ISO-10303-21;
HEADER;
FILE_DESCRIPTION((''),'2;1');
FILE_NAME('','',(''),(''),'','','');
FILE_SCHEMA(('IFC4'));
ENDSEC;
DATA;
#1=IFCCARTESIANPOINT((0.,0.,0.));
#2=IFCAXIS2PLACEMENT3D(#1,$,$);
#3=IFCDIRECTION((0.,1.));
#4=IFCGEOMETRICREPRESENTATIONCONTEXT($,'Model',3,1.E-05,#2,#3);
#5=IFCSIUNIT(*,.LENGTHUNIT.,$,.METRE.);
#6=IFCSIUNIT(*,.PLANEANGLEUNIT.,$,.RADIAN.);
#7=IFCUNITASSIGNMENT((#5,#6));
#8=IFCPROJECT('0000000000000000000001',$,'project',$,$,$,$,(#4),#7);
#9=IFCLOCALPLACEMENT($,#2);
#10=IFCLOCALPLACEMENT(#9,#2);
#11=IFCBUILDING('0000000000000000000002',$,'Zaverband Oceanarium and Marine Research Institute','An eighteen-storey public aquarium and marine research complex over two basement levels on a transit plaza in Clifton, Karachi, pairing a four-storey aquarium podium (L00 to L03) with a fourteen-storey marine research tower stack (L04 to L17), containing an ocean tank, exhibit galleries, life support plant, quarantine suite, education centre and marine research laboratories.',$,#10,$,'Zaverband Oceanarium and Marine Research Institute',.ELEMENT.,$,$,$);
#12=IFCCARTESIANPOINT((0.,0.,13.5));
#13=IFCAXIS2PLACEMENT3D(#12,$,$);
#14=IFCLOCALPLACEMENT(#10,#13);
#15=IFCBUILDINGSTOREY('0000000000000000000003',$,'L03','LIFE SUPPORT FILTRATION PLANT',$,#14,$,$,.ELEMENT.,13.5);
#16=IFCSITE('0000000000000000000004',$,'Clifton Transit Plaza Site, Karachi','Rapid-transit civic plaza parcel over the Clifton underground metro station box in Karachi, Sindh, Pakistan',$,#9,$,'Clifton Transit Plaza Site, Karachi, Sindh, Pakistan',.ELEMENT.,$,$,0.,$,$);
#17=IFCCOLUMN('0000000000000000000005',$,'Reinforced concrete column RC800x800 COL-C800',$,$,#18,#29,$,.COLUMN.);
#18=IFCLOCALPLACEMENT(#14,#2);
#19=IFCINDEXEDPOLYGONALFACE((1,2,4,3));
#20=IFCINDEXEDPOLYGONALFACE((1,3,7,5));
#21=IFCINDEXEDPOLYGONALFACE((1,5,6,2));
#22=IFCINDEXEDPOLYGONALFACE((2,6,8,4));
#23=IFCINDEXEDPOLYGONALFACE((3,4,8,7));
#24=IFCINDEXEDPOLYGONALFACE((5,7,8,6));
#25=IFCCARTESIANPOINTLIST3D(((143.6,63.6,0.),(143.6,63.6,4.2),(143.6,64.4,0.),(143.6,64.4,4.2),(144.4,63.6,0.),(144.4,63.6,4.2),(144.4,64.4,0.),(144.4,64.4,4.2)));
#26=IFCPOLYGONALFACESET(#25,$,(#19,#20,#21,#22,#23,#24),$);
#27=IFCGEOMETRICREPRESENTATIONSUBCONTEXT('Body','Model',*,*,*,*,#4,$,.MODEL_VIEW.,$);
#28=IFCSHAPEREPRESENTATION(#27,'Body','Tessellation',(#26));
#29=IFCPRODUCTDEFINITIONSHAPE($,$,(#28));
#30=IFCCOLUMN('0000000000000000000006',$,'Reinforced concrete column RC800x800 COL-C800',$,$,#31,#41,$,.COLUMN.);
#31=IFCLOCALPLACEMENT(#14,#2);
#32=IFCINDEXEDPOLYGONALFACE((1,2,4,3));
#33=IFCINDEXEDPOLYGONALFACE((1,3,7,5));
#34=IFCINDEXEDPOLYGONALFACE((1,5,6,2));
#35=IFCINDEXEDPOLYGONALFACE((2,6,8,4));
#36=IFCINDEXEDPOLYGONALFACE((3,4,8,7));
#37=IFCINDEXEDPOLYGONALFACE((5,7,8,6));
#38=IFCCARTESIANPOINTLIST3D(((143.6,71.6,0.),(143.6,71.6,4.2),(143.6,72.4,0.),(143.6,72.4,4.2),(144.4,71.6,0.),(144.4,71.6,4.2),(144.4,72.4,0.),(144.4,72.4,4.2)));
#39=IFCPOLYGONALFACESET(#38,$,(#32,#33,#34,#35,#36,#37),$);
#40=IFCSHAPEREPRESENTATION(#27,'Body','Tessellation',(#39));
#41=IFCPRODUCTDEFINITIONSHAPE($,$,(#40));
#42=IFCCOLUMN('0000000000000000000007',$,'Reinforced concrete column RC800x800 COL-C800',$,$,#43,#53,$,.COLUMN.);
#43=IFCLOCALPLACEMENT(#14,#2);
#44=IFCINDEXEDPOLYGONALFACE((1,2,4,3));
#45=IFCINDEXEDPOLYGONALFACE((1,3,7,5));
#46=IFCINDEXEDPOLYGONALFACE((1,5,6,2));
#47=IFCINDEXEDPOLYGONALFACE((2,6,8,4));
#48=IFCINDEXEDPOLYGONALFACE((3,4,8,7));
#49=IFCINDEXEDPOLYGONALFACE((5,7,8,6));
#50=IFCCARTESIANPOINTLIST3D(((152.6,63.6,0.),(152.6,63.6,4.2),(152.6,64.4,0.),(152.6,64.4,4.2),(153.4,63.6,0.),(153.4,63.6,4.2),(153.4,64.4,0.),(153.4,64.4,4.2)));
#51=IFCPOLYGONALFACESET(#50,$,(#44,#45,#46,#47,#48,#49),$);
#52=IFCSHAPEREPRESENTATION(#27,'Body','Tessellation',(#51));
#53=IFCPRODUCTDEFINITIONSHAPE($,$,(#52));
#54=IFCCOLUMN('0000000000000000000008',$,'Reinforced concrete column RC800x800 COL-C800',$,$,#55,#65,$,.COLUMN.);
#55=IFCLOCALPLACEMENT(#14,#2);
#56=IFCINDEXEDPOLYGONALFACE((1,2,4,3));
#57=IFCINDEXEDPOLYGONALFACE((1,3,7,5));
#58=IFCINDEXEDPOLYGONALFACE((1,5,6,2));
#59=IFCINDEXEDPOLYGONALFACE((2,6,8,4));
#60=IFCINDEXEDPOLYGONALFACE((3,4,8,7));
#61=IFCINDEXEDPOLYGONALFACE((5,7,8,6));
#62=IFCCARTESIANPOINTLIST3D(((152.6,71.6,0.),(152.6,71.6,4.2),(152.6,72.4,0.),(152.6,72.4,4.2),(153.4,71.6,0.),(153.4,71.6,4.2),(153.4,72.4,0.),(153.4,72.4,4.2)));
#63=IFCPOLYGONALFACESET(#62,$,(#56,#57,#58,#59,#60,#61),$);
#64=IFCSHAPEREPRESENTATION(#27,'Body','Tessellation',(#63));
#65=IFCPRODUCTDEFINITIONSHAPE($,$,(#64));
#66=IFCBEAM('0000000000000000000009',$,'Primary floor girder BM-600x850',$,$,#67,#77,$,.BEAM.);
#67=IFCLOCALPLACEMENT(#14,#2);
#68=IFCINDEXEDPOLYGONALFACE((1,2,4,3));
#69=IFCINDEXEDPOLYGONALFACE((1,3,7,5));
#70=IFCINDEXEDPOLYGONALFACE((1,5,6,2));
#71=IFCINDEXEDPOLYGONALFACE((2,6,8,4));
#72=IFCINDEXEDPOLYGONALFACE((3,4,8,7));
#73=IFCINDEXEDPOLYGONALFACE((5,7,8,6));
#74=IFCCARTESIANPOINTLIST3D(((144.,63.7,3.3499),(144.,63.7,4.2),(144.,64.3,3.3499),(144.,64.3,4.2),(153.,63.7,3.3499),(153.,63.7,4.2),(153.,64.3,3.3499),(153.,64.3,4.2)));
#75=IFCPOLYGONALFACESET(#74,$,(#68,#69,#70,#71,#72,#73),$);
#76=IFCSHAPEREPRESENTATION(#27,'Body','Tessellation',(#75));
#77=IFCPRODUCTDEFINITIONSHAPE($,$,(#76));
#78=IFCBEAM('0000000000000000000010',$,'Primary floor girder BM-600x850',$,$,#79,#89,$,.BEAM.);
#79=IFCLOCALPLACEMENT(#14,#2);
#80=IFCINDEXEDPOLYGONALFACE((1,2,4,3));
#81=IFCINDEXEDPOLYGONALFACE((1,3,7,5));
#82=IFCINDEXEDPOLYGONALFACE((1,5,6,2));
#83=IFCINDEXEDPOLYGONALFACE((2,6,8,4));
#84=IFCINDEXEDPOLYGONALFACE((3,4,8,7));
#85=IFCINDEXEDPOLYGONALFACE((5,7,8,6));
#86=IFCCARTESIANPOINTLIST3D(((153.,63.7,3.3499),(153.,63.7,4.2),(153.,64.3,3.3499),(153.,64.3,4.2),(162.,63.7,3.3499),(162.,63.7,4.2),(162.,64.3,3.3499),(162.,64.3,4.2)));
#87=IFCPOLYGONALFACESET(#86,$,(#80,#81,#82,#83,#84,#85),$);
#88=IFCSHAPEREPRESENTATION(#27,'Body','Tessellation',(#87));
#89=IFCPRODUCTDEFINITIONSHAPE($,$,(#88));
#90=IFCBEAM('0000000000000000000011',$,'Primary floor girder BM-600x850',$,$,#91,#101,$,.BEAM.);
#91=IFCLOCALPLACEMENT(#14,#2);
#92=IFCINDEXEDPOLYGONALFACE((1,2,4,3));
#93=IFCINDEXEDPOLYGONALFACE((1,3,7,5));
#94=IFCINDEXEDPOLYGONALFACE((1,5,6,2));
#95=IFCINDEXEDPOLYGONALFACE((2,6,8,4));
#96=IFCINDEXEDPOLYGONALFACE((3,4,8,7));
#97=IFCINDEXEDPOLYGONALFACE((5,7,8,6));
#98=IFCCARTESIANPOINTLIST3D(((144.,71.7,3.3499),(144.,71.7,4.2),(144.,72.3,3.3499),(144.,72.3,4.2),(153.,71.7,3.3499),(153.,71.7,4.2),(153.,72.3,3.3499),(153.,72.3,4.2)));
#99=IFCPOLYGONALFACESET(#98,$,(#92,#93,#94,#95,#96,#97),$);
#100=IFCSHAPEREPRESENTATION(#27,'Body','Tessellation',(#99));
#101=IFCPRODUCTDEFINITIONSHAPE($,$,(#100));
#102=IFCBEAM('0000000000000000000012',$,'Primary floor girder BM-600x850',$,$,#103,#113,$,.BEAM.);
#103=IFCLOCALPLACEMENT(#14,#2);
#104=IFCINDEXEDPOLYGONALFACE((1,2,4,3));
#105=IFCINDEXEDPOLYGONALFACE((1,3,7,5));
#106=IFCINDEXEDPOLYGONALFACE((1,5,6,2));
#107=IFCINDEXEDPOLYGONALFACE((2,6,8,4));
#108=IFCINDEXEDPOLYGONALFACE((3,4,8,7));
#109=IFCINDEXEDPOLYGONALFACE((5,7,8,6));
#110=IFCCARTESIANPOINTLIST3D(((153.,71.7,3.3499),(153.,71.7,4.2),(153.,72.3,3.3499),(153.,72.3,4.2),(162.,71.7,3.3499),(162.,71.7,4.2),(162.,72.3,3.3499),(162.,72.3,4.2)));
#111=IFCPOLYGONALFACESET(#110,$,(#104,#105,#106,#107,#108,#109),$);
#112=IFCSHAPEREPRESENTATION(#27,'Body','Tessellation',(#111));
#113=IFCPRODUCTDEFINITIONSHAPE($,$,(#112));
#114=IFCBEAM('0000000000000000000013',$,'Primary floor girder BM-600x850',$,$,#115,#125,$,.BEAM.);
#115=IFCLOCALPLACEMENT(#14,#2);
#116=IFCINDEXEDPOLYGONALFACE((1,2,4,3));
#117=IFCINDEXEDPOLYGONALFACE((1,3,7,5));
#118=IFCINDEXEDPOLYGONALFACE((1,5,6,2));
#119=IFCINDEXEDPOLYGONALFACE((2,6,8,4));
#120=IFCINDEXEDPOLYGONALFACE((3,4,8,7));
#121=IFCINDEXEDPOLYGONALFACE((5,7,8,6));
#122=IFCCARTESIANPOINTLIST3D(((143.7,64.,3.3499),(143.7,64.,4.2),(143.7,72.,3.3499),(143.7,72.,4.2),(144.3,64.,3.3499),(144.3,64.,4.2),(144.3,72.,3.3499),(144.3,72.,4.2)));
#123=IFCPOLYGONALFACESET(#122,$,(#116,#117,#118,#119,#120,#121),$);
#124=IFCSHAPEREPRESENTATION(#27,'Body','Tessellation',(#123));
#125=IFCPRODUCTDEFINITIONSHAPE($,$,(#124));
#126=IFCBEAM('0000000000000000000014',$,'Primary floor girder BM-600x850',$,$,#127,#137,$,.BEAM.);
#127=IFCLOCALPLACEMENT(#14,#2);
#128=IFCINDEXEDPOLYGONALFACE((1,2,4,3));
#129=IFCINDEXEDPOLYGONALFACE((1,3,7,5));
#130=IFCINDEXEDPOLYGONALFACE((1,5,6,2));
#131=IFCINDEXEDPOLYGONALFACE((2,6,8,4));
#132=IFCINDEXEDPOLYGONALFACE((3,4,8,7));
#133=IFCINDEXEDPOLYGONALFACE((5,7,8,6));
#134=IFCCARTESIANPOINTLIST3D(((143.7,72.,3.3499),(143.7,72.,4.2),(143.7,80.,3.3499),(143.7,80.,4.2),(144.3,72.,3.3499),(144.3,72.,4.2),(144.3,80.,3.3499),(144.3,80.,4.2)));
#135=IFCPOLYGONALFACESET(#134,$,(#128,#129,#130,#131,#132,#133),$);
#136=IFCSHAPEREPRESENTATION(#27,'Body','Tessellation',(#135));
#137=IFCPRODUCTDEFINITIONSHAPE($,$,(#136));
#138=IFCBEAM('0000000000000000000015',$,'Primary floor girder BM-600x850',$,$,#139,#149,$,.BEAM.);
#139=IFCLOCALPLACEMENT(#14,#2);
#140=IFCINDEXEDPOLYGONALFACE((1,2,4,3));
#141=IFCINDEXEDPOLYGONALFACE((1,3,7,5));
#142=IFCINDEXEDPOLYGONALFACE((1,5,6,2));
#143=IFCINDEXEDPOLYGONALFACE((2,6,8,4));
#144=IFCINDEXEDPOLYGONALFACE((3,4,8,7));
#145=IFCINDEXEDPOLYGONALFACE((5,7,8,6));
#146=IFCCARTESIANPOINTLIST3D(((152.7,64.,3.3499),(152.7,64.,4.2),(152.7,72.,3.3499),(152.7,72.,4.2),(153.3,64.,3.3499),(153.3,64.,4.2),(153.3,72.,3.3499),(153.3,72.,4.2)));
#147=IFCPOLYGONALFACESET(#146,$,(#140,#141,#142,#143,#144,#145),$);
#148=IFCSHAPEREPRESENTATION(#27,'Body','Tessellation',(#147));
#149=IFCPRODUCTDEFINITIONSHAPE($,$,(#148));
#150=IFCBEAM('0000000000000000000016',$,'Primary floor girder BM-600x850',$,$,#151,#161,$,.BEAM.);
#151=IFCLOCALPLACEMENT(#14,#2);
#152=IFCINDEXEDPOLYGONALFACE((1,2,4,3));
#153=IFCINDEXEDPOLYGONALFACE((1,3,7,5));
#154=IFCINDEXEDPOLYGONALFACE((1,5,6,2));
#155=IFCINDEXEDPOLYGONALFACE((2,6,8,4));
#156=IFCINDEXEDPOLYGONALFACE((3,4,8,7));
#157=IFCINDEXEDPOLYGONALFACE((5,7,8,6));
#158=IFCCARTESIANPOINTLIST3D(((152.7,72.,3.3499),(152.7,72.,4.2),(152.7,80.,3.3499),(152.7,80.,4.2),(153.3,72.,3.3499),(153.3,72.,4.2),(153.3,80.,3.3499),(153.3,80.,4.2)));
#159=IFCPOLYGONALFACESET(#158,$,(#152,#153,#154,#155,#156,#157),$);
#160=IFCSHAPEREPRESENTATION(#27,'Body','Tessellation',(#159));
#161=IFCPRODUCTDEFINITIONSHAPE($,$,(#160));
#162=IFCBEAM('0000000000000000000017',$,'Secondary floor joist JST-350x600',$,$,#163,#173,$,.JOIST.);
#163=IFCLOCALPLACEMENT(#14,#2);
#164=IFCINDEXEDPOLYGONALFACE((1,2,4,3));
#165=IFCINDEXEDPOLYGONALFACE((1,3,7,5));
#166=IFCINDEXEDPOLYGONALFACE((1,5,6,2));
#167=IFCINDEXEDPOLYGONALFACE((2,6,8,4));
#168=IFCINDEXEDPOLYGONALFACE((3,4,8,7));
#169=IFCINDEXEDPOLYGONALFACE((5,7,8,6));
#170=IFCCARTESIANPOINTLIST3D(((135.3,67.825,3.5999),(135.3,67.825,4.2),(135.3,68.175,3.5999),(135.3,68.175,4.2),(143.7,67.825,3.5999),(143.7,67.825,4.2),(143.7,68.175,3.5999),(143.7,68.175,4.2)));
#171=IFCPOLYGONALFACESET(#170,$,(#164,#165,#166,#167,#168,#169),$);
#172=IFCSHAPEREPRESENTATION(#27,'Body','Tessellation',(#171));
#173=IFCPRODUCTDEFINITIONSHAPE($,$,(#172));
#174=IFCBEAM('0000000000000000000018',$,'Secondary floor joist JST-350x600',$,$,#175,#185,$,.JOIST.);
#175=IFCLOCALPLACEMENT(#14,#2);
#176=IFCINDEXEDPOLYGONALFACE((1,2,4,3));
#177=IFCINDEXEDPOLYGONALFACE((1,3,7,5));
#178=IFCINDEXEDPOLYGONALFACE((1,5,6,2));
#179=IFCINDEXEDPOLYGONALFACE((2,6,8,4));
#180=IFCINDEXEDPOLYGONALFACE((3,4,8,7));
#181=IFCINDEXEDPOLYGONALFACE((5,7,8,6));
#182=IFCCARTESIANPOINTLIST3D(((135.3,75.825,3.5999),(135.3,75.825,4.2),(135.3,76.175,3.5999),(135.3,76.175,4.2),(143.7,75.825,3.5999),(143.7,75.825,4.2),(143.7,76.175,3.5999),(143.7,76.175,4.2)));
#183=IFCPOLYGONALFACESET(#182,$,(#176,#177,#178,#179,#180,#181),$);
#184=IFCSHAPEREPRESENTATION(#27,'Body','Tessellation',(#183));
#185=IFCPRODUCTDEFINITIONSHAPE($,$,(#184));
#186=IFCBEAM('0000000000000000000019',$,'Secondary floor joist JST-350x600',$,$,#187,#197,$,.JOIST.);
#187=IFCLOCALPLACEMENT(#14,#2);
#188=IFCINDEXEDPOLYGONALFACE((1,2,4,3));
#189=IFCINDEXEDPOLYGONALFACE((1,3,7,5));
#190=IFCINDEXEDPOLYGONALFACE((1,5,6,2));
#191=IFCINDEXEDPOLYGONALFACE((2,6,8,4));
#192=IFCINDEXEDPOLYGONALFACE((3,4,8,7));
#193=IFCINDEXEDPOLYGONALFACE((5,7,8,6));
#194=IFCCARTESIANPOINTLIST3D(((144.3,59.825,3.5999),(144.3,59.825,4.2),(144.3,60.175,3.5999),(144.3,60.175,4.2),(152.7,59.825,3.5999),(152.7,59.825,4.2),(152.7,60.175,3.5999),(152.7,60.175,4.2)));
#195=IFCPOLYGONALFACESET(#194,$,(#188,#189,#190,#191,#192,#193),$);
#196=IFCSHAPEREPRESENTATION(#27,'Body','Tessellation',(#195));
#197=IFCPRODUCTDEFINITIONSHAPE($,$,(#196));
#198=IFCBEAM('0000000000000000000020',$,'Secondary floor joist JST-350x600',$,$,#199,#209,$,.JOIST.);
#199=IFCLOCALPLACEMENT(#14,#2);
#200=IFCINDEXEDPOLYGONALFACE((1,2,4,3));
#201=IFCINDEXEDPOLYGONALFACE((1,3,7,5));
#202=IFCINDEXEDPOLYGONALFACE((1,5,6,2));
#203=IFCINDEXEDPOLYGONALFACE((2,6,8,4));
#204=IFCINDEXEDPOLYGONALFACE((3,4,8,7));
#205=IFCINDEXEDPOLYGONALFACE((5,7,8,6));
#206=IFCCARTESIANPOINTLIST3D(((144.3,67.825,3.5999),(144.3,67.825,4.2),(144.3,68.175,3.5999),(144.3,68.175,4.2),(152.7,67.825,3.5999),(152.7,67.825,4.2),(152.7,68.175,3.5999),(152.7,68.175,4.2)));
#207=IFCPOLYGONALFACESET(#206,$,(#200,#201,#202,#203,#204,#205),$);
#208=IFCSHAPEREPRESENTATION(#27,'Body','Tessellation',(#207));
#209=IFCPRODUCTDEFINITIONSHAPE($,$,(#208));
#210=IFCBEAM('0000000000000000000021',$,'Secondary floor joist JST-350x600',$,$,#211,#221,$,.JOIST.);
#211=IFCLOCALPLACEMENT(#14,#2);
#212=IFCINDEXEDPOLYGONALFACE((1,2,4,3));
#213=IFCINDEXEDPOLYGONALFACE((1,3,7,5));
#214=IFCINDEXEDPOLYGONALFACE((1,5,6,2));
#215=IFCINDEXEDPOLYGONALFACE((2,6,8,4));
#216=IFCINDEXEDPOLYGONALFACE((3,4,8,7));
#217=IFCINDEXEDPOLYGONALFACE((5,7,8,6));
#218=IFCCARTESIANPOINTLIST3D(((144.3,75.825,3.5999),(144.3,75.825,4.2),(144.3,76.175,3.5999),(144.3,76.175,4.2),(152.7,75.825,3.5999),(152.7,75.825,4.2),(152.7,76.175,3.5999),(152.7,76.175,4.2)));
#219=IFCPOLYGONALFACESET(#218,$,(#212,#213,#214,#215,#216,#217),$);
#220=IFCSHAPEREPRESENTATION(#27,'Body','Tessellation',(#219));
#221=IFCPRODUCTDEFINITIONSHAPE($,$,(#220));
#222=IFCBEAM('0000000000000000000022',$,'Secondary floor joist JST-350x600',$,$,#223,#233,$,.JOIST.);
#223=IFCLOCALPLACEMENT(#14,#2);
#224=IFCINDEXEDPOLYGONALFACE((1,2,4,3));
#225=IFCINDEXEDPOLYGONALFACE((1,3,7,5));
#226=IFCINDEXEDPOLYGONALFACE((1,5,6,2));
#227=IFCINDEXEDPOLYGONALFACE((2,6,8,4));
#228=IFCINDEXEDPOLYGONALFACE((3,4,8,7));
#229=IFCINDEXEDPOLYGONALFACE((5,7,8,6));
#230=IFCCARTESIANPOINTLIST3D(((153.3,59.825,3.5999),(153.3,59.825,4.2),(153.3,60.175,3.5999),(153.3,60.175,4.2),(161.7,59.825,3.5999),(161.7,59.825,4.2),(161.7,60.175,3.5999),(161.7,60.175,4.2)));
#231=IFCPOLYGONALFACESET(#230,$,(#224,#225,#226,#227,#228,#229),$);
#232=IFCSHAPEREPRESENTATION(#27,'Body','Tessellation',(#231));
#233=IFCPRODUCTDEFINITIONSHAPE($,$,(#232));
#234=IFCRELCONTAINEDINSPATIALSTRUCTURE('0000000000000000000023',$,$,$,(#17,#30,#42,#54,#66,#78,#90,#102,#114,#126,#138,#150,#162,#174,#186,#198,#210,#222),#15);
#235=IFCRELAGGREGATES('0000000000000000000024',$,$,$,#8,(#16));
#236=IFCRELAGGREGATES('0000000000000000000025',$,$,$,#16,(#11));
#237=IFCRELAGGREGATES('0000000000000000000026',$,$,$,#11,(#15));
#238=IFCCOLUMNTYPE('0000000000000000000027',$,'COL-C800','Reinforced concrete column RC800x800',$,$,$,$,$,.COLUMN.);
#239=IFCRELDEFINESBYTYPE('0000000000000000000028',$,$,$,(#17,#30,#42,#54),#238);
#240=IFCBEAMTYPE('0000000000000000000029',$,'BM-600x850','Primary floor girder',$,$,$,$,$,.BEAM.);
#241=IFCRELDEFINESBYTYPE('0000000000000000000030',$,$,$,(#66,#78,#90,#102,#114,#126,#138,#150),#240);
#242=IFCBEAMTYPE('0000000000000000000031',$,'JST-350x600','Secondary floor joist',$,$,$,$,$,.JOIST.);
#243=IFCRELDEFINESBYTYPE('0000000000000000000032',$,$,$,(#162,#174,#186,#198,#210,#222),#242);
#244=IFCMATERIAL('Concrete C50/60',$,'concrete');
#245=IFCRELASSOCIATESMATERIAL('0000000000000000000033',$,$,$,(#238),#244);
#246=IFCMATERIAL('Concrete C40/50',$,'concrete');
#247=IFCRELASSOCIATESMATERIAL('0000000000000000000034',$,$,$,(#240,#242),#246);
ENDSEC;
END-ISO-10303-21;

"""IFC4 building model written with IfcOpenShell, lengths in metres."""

from ifc_helpers import new_model, si_unit, direction, frame, origin, origin_2d, place, context, subcontext, project, spatial, rectangle, extrude, material, material_profile, profile_set, type_object, element, save


model = new_model("IFC4")

# Units and contexts
model_context = context("Model", 3, precision=1e-05, world=origin(), true_north=direction((0.0, 1.0)))
body_context = subcontext(model_context, "Body", "Model", "MODEL_VIEW")
ifc_project = project(units=[si_unit("LENGTHUNIT", "METRE"), si_unit("PLANEANGLEUNIT", "RADIAN")], contexts=[model_context])

# Site, building, storey
site_placement = place(None, origin())
site = spatial("IfcSite", under=ifc_project, at=site_placement, Name="Clifton Transit Plaza Site, Karachi", Description="Rapid-transit civic plaza parcel over the Clifton underground metro station box in Karachi, Sindh, Pakistan", LongName="Clifton Transit Plaza Site, Karachi, Sindh, Pakistan", CompositionType="ELEMENT", RefElevation=0.0)
building_placement = place(site_placement, origin())
building = spatial("IfcBuilding", under=site, at=building_placement, Name="Zaverband Oceanarium and Marine Research Institute", Description="An eighteen-storey public aquarium and marine research complex over two basement levels on a transit plaza in Clifton, Karachi, pairing a four-storey aquarium podium (L00 to L03) with a fourteen-storey marine research tower stack (L04 to L17), containing an ocean tank, exhibit galleries, life support plant, quarantine suite, education centre and marine research laboratories.", LongName="Zaverband Oceanarium and Marine Research Institute", CompositionType="ELEMENT")
storey_placement = place(building_placement, frame((0.0, 0.0, 13.5)))
storey = spatial("IfcBuildingStorey", under=building, at=storey_placement, Name="L03", Description="LIFE SUPPORT FILTRATION PLANT", CompositionType="ELEMENT", Elevation=13.5)

# Columns
ifc_material_1 = material(Name="Concrete C50/60", Category="concrete")
ifc_material_profile_1 = material_profile(ifc_material_1, rectangle(XDim=0.8, YDim=0.8, at=origin_2d()), Name="RC800x800")
ifc_profile_set_1 = profile_set([ifc_material_profile_1], Name="Concrete C50/60")
column_type = type_object("IfcColumnType", Name="COL-C800", Description="Reinforced concrete column RC800x800", PredefinedType="COLUMN", material=ifc_profile_set_1)
for number, where, z_axis, x_axis, name in (
    (1, (144.0, 64.0, 0.0), (0.0, 0.0, 1.0), (1.0, 0.0, 0.0), "Reinforced concrete column RC800x800 COL-C800"),
    (2, (144.0, 72.0, 0.0), (0.0, 0.0, 1.0), (1.0, 0.0, 0.0), "Reinforced concrete column RC800x800 COL-C800"),
    (3, (153.0, 64.0, 0.0), (0.0, 0.0, 1.0), (1.0, 0.0, 0.0), "Reinforced concrete column RC800x800 COL-C800"),
    (4, (153.0, 72.0, 0.0), (0.0, 0.0, 1.0), (1.0, 0.0, 0.0), "Reinforced concrete column RC800x800 COL-C800"),
):
    element("IfcColumn", number, at=place(storey_placement, frame(where, z_axis=z_axis, x_axis=x_axis)), inside=storey, type_object=column_type, Name=name, PredefinedType="COLUMN", context=body_context, shape_type="SweptSolid", body=[
        extrude(rectangle(XDim=0.8, YDim=0.8, at=origin_2d()), origin(), (0.0, 0.0, 1.0), 4.2),
    ])

# Beams
ifc_material_2 = material(Name="Concrete C40/50", Category="concrete")
ifc_material_profile_2 = material_profile(ifc_material_2, rectangle(XDim=0.6001, YDim=0.8501, at=origin_2d()), Name="RC600x850")
ifc_profile_set_2 = profile_set([ifc_material_profile_2], Name="Concrete C40/50")
beam_type_1 = type_object("IfcBeamType", Name="BM-600x850", Description="Primary floor girder", PredefinedType="BEAM", material=ifc_profile_set_2)
for number, where, z_axis, x_axis, name in (
    (5, (144.0, 64.0, 3.7749), (1.0, 0.0, 0.0), (0.0, 1.0, 0.0), "Primary floor girder BM-600x850"),
    (6, (153.0, 64.0, 3.7749), (1.0, 0.0, 0.0), (0.0, 1.0, 0.0), "Primary floor girder BM-600x850"),
    (7, (144.0, 72.0, 3.7749), (1.0, 0.0, 0.0), (0.0, 1.0, 0.0), "Primary floor girder BM-600x850"),
    (8, (153.0, 72.0, 3.7749), (1.0, 0.0, 0.0), (0.0, 1.0, 0.0), "Primary floor girder BM-600x850"),
):
    element("IfcBeam", number, at=place(storey_placement, frame(where, z_axis=z_axis, x_axis=x_axis)), inside=storey, type_object=beam_type_1, Name=name, PredefinedType="BEAM", context=body_context, shape_type="SweptSolid", body=[
        extrude(rectangle(XDim=0.6001, YDim=0.8501, at=origin_2d()), origin(), (0.0, 0.0, 1.0), 9.0),
    ])
for number, where, z_axis, x_axis, name in (
    (9, (144.0, 64.0, 3.7749), (0.0, 1.0, 0.0), (-1.0, 0.0, 0.0), "Primary floor girder BM-600x850"),
    (10, (144.0, 72.0, 3.7749), (0.0, 1.0, 0.0), (-1.0, 0.0, 0.0), "Primary floor girder BM-600x850"),
    (11, (153.0, 64.0, 3.7749), (0.0, 1.0, 0.0), (-1.0, 0.0, 0.0), "Primary floor girder BM-600x850"),
    (12, (153.0, 72.0, 3.7749), (0.0, 1.0, 0.0), (-1.0, 0.0, 0.0), "Primary floor girder BM-600x850"),
):
    element("IfcBeam", number, at=place(storey_placement, frame(where, z_axis=z_axis, x_axis=x_axis)), inside=storey, type_object=beam_type_1, Name=name, PredefinedType="BEAM", context=body_context, shape_type="SweptSolid", body=[
        extrude(rectangle(XDim=0.6001, YDim=0.8501, at=origin_2d()), origin(), (0.0, 0.0, 1.0), 8.0),
    ])
ifc_material_profile_3 = material_profile(ifc_material_2, rectangle(XDim=0.3501, YDim=0.6001, at=origin_2d()), Name="RC350x600")
ifc_profile_set_3 = profile_set([ifc_material_profile_3], Name="Concrete C40/50")
beam_type_2 = type_object("IfcBeamType", Name="JST-350x600", Description="Secondary floor joist", PredefinedType="JOIST", material=ifc_profile_set_3)
for number, where, z_axis, x_axis, name in (
    (13, (135.3, 68.0, 3.8999), (1.0, 0.0, 0.0), (0.0, 1.0, 0.0), "Secondary floor joist JST-350x600"),
    (14, (135.3, 76.0, 3.8999), (1.0, 0.0, 0.0), (0.0, 1.0, 0.0), "Secondary floor joist JST-350x600"),
    (15, (144.3, 60.0, 3.8999), (1.0, 0.0, 0.0), (0.0, 1.0, 0.0), "Secondary floor joist JST-350x600"),
    (16, (144.3, 68.0, 3.8999), (1.0, 0.0, 0.0), (0.0, 1.0, 0.0), "Secondary floor joist JST-350x600"),
    (17, (144.3, 76.0, 3.8999), (1.0, 0.0, 0.0), (0.0, 1.0, 0.0), "Secondary floor joist JST-350x600"),
    (18, (153.3, 60.0, 3.8999), (1.0, 0.0, 0.0), (0.0, 1.0, 0.0), "Secondary floor joist JST-350x600"),
):
    element("IfcBeam", number, at=place(storey_placement, frame(where, z_axis=z_axis, x_axis=x_axis)), inside=storey, type_object=beam_type_2, Name=name, PredefinedType="JOIST", context=body_context, shape_type="SweptSolid", body=[
        extrude(rectangle(XDim=0.3501, YDim=0.6001, at=origin_2d()), origin(), (0.0, 0.0, 1.0), 8.3999),
    ])

save(model, "model.ifc")
